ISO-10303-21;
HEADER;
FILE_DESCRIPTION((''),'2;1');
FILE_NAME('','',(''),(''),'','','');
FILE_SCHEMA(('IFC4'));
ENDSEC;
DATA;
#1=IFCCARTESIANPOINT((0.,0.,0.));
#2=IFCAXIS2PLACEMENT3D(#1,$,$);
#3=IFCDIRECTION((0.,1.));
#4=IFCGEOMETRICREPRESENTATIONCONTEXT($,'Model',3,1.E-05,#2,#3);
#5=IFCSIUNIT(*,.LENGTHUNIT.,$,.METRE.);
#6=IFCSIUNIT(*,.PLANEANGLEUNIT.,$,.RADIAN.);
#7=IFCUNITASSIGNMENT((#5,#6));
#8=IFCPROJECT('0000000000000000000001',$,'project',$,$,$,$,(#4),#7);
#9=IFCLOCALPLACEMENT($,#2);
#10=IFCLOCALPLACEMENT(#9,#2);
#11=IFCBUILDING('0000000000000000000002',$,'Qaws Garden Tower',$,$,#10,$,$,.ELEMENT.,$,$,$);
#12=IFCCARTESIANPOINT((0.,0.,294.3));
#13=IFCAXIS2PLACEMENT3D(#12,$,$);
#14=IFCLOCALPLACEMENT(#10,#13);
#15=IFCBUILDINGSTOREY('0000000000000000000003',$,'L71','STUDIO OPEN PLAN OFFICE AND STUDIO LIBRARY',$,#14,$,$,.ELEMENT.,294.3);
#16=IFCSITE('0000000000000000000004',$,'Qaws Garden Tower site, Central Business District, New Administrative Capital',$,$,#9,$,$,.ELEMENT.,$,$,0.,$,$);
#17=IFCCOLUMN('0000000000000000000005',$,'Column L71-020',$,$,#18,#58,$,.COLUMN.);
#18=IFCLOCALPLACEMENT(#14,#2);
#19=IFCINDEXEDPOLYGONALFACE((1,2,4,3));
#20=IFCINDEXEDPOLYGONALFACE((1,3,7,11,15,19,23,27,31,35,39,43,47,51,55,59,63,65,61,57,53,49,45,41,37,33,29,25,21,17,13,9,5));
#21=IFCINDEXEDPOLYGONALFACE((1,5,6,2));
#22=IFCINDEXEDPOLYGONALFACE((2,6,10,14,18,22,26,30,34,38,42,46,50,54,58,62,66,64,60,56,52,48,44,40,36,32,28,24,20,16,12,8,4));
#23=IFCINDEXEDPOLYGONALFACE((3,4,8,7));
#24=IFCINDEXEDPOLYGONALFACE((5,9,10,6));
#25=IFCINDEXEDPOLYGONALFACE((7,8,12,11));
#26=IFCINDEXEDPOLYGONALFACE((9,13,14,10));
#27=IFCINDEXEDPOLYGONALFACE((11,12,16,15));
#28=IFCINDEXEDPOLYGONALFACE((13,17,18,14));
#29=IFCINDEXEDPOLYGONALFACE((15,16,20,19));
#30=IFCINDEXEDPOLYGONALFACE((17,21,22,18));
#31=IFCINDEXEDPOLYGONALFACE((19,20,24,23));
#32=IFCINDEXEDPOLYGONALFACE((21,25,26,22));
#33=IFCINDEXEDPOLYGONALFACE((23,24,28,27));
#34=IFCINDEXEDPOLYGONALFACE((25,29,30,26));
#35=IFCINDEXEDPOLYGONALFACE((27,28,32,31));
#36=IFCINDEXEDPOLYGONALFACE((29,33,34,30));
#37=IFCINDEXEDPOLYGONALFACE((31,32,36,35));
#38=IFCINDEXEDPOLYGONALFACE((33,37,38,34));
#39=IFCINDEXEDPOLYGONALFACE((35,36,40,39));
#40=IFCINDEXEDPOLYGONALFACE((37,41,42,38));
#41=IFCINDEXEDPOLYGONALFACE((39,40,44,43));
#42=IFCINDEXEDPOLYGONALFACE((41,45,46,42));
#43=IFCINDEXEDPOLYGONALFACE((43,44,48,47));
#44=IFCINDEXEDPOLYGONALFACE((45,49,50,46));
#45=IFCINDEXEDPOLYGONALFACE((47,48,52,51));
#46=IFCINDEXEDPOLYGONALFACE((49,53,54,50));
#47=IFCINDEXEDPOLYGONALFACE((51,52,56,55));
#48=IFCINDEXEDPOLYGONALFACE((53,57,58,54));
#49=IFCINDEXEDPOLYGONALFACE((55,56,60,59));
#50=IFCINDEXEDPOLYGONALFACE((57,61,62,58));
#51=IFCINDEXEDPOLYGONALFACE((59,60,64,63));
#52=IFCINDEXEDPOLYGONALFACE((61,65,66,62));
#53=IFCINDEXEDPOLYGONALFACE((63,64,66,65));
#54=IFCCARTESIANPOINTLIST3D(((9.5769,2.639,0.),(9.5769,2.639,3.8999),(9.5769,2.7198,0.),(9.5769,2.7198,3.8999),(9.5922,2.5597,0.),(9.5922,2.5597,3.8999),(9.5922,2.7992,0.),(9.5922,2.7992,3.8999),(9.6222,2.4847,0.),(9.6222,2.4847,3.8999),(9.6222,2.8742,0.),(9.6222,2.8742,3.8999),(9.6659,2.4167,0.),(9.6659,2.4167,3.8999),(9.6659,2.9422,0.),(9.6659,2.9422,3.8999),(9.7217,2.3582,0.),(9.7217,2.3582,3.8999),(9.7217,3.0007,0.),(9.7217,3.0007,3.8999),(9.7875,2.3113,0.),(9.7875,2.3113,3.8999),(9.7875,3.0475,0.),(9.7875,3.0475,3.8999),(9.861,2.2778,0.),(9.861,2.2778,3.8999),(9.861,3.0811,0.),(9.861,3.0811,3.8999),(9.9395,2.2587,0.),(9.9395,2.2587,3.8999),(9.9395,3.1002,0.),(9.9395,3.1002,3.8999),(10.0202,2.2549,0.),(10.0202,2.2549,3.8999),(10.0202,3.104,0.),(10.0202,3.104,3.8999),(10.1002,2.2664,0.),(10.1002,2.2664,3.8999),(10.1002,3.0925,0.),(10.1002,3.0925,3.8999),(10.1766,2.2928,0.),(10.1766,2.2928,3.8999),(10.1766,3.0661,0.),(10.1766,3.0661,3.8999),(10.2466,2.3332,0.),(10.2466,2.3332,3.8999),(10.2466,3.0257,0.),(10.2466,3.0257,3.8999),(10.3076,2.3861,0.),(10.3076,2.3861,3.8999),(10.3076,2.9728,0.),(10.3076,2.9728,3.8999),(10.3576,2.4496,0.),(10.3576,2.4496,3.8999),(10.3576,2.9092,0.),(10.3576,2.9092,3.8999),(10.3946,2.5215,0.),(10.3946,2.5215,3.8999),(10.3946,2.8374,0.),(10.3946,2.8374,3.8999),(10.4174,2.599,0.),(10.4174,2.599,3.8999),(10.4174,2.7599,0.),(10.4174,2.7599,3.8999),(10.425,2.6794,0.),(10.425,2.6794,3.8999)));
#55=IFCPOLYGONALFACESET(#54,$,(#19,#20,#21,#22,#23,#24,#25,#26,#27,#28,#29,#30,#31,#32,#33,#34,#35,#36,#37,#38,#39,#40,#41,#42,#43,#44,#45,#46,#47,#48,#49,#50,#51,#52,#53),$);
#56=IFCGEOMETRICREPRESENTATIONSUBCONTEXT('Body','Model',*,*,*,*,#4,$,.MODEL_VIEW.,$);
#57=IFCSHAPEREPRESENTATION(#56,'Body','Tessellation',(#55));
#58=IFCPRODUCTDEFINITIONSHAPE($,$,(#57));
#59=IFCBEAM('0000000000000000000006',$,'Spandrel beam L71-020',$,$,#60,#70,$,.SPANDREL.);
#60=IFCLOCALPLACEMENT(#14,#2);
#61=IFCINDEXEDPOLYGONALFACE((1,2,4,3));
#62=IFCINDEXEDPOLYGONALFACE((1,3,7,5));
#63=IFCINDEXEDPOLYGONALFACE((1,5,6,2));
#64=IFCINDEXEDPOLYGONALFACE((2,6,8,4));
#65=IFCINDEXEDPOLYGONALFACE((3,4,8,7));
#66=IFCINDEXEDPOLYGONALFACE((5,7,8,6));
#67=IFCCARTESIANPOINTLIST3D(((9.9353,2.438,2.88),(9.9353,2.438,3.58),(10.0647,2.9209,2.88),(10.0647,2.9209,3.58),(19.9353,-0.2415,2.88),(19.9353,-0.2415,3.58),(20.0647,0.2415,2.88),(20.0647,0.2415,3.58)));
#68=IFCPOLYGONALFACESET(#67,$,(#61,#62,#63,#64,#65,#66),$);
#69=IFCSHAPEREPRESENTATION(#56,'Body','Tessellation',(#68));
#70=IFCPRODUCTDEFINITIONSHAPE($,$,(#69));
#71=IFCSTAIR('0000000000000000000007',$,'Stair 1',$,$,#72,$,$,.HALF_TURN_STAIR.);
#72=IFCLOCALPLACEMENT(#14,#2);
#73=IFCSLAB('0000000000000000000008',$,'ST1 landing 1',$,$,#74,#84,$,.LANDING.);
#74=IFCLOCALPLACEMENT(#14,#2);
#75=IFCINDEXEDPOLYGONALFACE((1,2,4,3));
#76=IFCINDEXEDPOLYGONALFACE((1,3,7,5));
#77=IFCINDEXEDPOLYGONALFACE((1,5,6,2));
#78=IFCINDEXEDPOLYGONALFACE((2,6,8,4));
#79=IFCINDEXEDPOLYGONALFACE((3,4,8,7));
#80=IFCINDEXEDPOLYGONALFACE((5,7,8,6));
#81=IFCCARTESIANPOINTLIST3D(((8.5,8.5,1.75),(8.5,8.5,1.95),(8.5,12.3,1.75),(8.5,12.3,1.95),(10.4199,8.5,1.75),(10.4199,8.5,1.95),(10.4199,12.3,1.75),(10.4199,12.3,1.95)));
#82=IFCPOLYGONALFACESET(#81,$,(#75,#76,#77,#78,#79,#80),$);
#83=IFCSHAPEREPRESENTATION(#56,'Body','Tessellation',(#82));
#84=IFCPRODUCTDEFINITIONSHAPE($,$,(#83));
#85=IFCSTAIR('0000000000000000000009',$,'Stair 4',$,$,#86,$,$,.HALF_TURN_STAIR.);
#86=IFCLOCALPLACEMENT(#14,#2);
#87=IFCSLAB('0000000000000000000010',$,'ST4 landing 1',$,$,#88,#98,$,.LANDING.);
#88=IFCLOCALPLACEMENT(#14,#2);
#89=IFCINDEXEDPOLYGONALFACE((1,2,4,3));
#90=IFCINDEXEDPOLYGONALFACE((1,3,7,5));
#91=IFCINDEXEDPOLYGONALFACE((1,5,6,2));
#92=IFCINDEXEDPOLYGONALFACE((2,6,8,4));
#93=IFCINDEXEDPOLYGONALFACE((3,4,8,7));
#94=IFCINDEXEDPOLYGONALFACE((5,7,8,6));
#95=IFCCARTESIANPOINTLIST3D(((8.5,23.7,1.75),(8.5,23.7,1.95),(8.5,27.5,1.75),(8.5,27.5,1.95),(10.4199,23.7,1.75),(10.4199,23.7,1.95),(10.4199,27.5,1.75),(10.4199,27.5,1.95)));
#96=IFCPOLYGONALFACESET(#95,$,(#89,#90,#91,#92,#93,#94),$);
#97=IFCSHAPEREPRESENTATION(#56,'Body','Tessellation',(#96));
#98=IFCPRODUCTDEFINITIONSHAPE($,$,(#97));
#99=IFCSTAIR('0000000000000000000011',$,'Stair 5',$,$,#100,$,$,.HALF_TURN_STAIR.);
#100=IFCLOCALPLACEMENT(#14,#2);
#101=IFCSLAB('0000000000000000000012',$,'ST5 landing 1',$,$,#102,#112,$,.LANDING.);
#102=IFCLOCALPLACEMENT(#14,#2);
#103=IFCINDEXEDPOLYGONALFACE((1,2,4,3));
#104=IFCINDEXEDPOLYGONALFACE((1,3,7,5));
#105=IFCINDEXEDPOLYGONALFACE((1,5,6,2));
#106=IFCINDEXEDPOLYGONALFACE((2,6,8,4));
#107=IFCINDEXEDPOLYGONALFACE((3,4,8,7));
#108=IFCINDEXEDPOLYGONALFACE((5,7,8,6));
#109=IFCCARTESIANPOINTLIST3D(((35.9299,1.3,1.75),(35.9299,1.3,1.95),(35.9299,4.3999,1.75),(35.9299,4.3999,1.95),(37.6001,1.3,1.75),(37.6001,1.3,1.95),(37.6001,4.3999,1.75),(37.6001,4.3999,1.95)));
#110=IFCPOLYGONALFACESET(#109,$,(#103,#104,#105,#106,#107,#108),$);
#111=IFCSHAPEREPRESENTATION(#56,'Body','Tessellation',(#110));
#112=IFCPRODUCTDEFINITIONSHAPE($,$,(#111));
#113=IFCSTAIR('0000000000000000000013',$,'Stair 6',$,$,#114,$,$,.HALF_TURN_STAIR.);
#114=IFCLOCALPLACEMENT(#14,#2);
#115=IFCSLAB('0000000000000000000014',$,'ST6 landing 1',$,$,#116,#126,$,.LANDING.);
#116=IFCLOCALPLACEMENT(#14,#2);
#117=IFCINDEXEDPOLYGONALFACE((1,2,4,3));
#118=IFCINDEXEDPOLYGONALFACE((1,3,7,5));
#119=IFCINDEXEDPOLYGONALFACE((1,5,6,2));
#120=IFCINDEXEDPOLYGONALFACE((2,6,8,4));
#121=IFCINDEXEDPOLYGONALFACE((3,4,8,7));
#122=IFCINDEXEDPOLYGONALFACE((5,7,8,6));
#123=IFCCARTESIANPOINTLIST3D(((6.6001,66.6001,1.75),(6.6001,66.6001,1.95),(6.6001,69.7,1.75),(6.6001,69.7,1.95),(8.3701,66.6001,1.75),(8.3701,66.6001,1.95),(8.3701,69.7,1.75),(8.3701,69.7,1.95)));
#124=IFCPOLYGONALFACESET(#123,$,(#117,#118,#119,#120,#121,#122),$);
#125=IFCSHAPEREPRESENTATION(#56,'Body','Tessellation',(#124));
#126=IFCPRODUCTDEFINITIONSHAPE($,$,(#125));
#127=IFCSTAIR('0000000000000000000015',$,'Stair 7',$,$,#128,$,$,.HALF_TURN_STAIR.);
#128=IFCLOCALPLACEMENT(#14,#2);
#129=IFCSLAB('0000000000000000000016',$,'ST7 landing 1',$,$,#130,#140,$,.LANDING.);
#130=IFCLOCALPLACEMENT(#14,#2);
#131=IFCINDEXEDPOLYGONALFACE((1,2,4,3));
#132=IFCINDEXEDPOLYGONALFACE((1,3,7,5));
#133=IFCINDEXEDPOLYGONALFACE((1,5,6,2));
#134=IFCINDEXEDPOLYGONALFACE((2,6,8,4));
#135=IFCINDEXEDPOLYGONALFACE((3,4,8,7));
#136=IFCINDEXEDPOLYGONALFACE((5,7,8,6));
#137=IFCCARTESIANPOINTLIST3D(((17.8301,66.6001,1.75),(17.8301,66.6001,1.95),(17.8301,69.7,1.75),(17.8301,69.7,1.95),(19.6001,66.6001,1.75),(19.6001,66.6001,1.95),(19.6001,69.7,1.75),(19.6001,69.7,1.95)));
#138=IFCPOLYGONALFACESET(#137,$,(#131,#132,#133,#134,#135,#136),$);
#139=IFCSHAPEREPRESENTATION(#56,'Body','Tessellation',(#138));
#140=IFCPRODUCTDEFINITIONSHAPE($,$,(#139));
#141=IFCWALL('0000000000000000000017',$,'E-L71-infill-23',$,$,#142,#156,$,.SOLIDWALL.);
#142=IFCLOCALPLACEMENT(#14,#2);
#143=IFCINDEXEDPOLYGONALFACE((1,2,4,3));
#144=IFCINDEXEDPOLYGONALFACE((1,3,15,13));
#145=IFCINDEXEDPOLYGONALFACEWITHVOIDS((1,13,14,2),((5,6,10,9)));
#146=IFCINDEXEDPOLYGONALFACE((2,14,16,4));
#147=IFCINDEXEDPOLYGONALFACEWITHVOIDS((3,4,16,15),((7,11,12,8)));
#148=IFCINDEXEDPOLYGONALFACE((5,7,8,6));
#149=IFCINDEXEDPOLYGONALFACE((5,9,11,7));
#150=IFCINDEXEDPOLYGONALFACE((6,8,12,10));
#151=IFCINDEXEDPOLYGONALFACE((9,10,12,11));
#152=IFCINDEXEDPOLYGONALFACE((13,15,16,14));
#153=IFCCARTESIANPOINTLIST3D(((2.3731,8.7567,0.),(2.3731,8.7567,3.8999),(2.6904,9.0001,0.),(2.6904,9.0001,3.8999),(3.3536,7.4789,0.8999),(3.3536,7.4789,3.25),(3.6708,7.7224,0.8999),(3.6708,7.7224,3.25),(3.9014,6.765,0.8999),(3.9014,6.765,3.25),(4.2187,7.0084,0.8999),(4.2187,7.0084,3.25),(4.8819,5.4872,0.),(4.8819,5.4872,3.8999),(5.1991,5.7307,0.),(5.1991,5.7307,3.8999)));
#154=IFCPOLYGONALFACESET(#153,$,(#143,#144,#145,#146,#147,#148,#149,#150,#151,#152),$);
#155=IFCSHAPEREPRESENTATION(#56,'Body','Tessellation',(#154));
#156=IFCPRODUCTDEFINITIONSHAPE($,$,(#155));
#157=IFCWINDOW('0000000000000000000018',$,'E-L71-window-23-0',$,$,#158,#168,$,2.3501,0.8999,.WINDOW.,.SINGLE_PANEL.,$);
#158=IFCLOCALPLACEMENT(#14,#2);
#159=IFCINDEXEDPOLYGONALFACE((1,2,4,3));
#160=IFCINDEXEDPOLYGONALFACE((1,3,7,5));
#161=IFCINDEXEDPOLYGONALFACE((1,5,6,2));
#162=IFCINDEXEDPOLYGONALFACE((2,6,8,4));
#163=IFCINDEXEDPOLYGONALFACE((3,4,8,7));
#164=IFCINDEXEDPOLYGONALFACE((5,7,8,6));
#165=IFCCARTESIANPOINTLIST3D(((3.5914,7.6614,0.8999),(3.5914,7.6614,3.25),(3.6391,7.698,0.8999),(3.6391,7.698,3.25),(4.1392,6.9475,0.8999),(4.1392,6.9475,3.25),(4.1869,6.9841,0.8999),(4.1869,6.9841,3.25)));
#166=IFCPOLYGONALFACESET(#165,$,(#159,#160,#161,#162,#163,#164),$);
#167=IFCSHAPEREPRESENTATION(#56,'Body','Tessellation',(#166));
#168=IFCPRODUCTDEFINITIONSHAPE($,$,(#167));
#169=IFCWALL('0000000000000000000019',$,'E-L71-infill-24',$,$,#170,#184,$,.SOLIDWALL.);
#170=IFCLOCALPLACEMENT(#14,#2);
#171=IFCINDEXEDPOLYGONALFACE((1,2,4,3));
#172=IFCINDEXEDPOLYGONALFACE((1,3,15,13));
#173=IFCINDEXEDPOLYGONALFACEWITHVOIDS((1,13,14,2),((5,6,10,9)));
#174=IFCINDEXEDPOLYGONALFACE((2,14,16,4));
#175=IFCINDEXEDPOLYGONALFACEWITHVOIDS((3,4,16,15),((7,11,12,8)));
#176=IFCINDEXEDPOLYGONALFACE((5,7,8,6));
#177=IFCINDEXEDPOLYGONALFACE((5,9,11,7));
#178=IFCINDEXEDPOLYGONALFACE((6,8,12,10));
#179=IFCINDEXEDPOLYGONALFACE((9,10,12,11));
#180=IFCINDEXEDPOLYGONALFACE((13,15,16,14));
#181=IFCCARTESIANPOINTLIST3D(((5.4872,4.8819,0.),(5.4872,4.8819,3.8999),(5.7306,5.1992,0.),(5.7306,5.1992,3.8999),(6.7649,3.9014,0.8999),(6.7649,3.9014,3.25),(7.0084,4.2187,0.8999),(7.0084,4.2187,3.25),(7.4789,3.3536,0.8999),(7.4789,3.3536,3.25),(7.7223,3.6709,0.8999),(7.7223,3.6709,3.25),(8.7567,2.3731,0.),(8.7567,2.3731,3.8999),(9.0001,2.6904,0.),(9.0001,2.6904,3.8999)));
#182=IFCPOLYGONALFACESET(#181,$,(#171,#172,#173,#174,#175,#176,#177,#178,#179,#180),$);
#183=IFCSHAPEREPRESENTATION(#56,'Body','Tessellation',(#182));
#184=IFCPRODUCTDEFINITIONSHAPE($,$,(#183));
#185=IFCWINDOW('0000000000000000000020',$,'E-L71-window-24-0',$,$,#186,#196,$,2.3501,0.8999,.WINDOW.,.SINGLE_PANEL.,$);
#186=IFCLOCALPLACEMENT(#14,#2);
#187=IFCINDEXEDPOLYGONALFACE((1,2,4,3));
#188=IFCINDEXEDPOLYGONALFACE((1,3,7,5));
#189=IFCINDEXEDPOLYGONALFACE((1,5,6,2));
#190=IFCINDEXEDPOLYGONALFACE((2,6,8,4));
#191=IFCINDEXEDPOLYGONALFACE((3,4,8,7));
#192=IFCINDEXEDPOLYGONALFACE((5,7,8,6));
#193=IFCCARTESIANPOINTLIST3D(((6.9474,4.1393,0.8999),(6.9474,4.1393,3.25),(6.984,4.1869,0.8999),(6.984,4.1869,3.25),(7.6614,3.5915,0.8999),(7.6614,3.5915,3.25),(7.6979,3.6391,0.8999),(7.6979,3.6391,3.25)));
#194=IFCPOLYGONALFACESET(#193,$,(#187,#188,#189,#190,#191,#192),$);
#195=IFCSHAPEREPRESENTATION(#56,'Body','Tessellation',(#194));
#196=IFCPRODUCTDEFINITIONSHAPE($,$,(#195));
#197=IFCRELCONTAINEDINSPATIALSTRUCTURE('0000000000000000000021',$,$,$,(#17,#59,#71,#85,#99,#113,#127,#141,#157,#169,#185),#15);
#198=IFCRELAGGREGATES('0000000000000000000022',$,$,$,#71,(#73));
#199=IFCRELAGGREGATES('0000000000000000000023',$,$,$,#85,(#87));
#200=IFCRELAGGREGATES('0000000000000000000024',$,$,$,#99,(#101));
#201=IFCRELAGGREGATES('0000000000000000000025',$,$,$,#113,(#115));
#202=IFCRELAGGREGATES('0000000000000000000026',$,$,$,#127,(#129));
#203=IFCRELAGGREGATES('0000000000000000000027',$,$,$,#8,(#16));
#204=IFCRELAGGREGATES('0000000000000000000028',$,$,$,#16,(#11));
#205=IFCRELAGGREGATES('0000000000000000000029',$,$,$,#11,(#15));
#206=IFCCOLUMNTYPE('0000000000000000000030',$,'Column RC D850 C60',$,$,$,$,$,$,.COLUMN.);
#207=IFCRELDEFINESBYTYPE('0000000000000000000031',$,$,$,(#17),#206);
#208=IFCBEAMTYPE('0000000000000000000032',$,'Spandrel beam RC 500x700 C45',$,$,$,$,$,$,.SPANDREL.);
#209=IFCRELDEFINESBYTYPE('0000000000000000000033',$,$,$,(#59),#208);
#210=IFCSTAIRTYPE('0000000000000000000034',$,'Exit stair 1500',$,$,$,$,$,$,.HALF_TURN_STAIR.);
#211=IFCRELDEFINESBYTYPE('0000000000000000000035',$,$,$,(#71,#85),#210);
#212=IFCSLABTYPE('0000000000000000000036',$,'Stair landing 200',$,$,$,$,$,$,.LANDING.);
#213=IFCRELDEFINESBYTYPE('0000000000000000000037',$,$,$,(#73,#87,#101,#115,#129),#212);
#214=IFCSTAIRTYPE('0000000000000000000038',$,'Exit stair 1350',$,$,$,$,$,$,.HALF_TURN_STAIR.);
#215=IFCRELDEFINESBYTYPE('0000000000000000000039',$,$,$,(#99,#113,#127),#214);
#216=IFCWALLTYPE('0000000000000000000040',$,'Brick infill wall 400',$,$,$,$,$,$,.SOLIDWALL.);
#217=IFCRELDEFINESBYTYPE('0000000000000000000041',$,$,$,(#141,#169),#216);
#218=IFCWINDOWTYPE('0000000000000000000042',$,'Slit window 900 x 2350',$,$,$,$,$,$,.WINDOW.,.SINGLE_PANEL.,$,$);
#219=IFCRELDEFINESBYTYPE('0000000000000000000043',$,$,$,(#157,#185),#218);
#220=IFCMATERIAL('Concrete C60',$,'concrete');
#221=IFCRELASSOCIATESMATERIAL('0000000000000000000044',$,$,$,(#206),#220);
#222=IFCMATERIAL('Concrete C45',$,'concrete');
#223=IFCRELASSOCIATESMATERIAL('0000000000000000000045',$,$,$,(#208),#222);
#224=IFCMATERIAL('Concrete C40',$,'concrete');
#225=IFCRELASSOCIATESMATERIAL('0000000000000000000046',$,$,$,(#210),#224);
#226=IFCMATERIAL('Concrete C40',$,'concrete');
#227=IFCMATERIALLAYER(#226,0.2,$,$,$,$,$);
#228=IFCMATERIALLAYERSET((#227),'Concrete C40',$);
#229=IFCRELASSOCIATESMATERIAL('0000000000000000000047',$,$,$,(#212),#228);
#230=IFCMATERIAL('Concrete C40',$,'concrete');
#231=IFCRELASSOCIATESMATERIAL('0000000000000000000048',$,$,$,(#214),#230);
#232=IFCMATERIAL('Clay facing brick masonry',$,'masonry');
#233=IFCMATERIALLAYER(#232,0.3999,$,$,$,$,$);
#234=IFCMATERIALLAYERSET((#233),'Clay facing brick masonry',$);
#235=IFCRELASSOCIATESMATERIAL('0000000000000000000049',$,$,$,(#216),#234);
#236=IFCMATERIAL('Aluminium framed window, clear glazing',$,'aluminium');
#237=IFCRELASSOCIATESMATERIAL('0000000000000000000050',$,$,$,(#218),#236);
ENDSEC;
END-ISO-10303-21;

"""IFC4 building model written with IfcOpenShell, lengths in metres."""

from ifc_helpers import new_model, si_unit, direction, frame, frame_2d, origin, origin_2d, place, context, subcontext, project, spatial, polyline, rectangle, circle, outline, extrude, material, layer, layer_set, material_profile, profile_set, type_object, element, fill, aggregate, save


model = new_model("IFC4")

# Units and contexts
model_context = context("Model", 3, precision=1e-05, world=origin(), true_north=direction((0.0, 1.0)))
body_context = subcontext(model_context, "Body", "Model", "MODEL_VIEW")
ifc_project = project(units=[si_unit("LENGTHUNIT", "METRE"), si_unit("PLANEANGLEUNIT", "RADIAN")], contexts=[model_context])

# Site, building, storey
site_placement = place(None, origin())
site = spatial("IfcSite", under=ifc_project, at=site_placement, Name="Qaws Garden Tower site, Central Business District, New Administrative Capital", CompositionType="ELEMENT", RefElevation=0.0)
building_placement = place(site_placement, origin())
building = spatial("IfcBuilding", under=site, at=building_placement, Name="Qaws Garden Tower", CompositionType="ELEMENT")
storey_placement = place(building_placement, frame((0.0, 0.0, 294.3)))
storey = spatial("IfcBuildingStorey", under=building, at=storey_placement, Name="L71", Description="STUDIO OPEN PLAN OFFICE AND STUDIO LIBRARY", CompositionType="ELEMENT", Elevation=294.3)

# Column
ifc_material_1 = material(Name="Concrete C60", Category="concrete")
ifc_material_profile_1 = material_profile(ifc_material_1, circle(Radius=0.425, at=origin_2d()), Name="RC D850")
ifc_profile_set_1 = profile_set([ifc_material_profile_1], Name="Concrete C60")
column_type = type_object("IfcColumnType", Name="Column RC D850 C60", PredefinedType="COLUMN", material=ifc_profile_set_1)
column_placement = place(storey_placement, frame((10.0, 2.6794, 0.0), z_axis=(0.0, 0.0, 1.0), x_axis=(1.0, 0.0, 0.0)))
element("IfcColumn", 1, at=column_placement, inside=storey, type_object=column_type, Name="Column L71-020", PredefinedType="COLUMN", context=body_context, shape_type="SweptSolid", body=[
    extrude(circle(Radius=0.425, at=origin_2d()), origin(), (0.0, 0.0, 1.0), 3.8999),
])

# Beam
ifc_material_2 = material(Name="Concrete C45", Category="concrete")
ifc_material_profile_2 = material_profile(ifc_material_2, rectangle(XDim=0.5, YDim=0.7, at=origin_2d()), Name="RC 500x700")
ifc_profile_set_2 = profile_set([ifc_material_profile_2], Name="Concrete C45")
beam_type = type_object("IfcBeamType", Name="Spandrel beam RC 500x700 C45", PredefinedType="SPANDREL", material=ifc_profile_set_2)
beam_placement = place(storey_placement, frame((10.0, 2.6794, 3.23), z_axis=(0.965927, -0.258815, 0.0), x_axis=(0.258815, 0.965927, 0.0)))
element("IfcBeam", 2, at=beam_placement, inside=storey, type_object=beam_type, Name="Spandrel beam L71-020", PredefinedType="SPANDREL", context=body_context, shape_type="SweptSolid", body=[
    extrude(rectangle(XDim=0.5, YDim=0.7, at=origin_2d()), origin(), (0.0, 0.0, 1.0), 10.3528),
])

# Stairs, slabs
ifc_material_3 = material(Name="Concrete C40", Category="concrete")
stair_type_1 = type_object("IfcStairType", Name="Exit stair 1500", PredefinedType="HALF_TURN_STAIR", material=ifc_material_3)
placement_1 = place(storey_placement, origin())
stair_1 = element("IfcStair", 3, at=placement_1, inside=storey, type_object=stair_type_1, Name="Stair 1", PredefinedType="HALF_TURN_STAIR")
ifc_material_4 = material(Name="Concrete C40", Category="concrete")
ifc_layer_1 = layer(ifc_material_4, 0.2)
ifc_layer_set_1 = layer_set([ifc_layer_1], Name="Concrete C40")
slab_type = type_object("IfcSlabType", Name="Stair landing 200", PredefinedType="LANDING", material=ifc_layer_set_1)
placement_2 = place(storey_placement, frame((0.0, 0.0, 1.75)))
slab_1 = element("IfcSlab", 4, at=placement_2, type_object=slab_type, Name="ST1 landing 1", PredefinedType="LANDING", context=body_context, shape_type="SweptSolid", body=[
    extrude(outline(polyline([(8.5, 8.5), (10.4199, 8.5), (10.4199, 12.3), (8.5, 12.3), (8.5, 8.5)])), origin(), (0.0, 0.0, 1.0), 0.2),
])
aggregate(stair_1, [slab_1])
stair_2 = element("IfcStair", 5, at=placement_1, inside=storey, type_object=stair_type_1, Name="Stair 4", PredefinedType="HALF_TURN_STAIR")
slab_2 = element("IfcSlab", 6, at=placement_2, type_object=slab_type, Name="ST4 landing 1", PredefinedType="LANDING", context=body_context, shape_type="SweptSolid", body=[
    extrude(outline(polyline([(8.5, 23.7), (10.4199, 23.7), (10.4199, 27.5), (8.5, 27.5), (8.5, 23.7)])), origin(), (0.0, 0.0, 1.0), 0.2),
])
aggregate(stair_2, [slab_2])
ifc_material_5 = material(Name="Concrete C40", Category="concrete")
stair_type_2 = type_object("IfcStairType", Name="Exit stair 1350", PredefinedType="HALF_TURN_STAIR", material=ifc_material_5)
stair_3 = element("IfcStair", 7, at=placement_1, inside=storey, type_object=stair_type_2, Name="Stair 5", PredefinedType="HALF_TURN_STAIR")
slab_3 = element("IfcSlab", 8, at=placement_2, type_object=slab_type, Name="ST5 landing 1", PredefinedType="LANDING", context=body_context, shape_type="SweptSolid", body=[
    extrude(outline(polyline([(35.9299, 1.3), (37.6001, 1.3), (37.6001, 4.3999), (35.9299, 4.3999), (35.9299, 1.3)])), origin(), (0.0, 0.0, 1.0), 0.2),
])
aggregate(stair_3, [slab_3])
stair_4 = element("IfcStair", 9, at=placement_1, inside=storey, type_object=stair_type_2, Name="Stair 6", PredefinedType="HALF_TURN_STAIR")
slab_4 = element("IfcSlab", 10, at=placement_2, type_object=slab_type, Name="ST6 landing 1", PredefinedType="LANDING", context=body_context, shape_type="SweptSolid", body=[
    extrude(outline(polyline([(6.6001, 66.6001), (8.3701, 66.6001), (8.3701, 69.7), (6.6001, 69.7), (6.6001, 66.6001)])), origin(), (0.0, 0.0, 1.0), 0.2),
])
aggregate(stair_4, [slab_4])
stair_5 = element("IfcStair", 11, at=placement_1, inside=storey, type_object=stair_type_2, Name="Stair 7", PredefinedType="HALF_TURN_STAIR")
slab_5 = element("IfcSlab", 12, at=placement_2, type_object=slab_type, Name="ST7 landing 1", PredefinedType="LANDING", context=body_context, shape_type="SweptSolid", body=[
    extrude(outline(polyline([(17.8301, 66.6001), (19.6001, 66.6001), (19.6001, 69.7), (17.8301, 69.7), (17.8301, 66.6001)])), origin(), (0.0, 0.0, 1.0), 0.2),
])
aggregate(stair_5, [slab_5])

# Walls, openings, windows
ifc_material_6 = material(Name="Clay facing brick masonry", Category="masonry")
ifc_layer_2 = layer(ifc_material_6, 0.3999)
ifc_layer_set_2 = layer_set([ifc_layer_2], Name="Clay facing brick masonry")
wall_type_1 = type_object("IfcWallType", Name="Brick infill wall 400", PredefinedType="SOLIDWALL", material=ifc_layer_set_2)
wall_1_placement = place(storey_placement, frame((2.5317, 8.8784, 0.0), z_axis=(0.0, 0.0, 1.0), x_axis=(0.60876, -0.793355, 0.0)))
wall_1 = element("IfcWall", 13, at=wall_1_placement, inside=storey, type_object=wall_type_1, Name="E-L71-infill-23", PredefinedType="SOLIDWALL", context=body_context, shape_type="SweptSolid", body=[
    extrude(rectangle(XDim=4.1211, YDim=0.3999, at=frame_2d((2.0605, 0.0))), origin(), (0.0, 0.0, 1.0), 3.8999),
])
opening_1_placement = place(wall_1_placement, frame((1.6106, 0.0, 0.8999)))
opening_1 = element("IfcOpeningElement", 14, at=opening_1_placement, cuts=wall_1, PredefinedType="OPENING", context=body_context, shape_type="SweptSolid", body=[
    extrude(rectangle(XDim=0.8999, YDim=2.3501, at=frame_2d((0.45, 1.175))), frame((0.0, 0.21, 0.0), z_axis=(0.0, -1.0, 0.0), x_axis=(1.0, 0.0, 0.0)), (0.0, 0.0, 1.0), 0.4199),
])
ifc_material_7 = material(Name="Aluminium framed window, clear glazing", Category="aluminium")
window_type = type_object("IfcWindowType", Name="Slit window 900 x 2350", PartitioningType="SINGLE_PANEL", PredefinedType="WINDOW", material=ifc_material_7)
window_1_placement = place(opening_1_placement, origin())
window_1 = element("IfcWindow", 15, at=window_1_placement, inside=storey, type_object=window_type, Name="E-L71-window-23-0", OverallHeight=2.3501, OverallWidth=0.8999, PartitioningType="SINGLE_PANEL", PredefinedType="WINDOW", context=body_context, shape_type="SweptSolid", body=[
    extrude(rectangle(XDim=0.8999, YDim=2.3501, at=frame_2d((0.45, 1.175))), frame((0.0, 0.1599, 0.0), z_axis=(0.0, -1.0, 0.0), x_axis=(1.0, 0.0, 0.0)), (0.0, 0.0, 1.0), 0.0601),
])
fill(opening_1, window_1)
wall_2_placement = place(storey_placement, frame((5.6089, 5.0405, 0.0), z_axis=(0.0, 0.0, 1.0), x_axis=(0.793355, -0.60876, 0.0)))
wall_2 = element("IfcWall", 16, at=wall_2_placement, inside=storey, type_object=wall_type_1, Name="E-L71-infill-24", PredefinedType="SOLIDWALL", context=body_context, shape_type="SweptSolid", body=[
    extrude(rectangle(XDim=4.1211, YDim=0.3999, at=frame_2d((2.0605, 0.0))), origin(), (0.0, 0.0, 1.0), 3.8999),
])
opening_2_placement = place(wall_2_placement, frame((1.6106, 0.0, 0.8999)))
opening_2 = element("IfcOpeningElement", 17, at=opening_2_placement, cuts=wall_2, PredefinedType="OPENING", context=body_context, shape_type="SweptSolid", body=[
    extrude(rectangle(XDim=0.8999, YDim=2.3501, at=frame_2d((0.45, 1.175))), frame((0.0, 0.21, 0.0), z_axis=(0.0, -1.0, 0.0), x_axis=(1.0, 0.0, 0.0)), (0.0, 0.0, 1.0), 0.4199),
])
window_2_placement = place(opening_2_placement, origin())
window_2 = element("IfcWindow", 18, at=window_2_placement, inside=storey, type_object=window_type, Name="E-L71-window-24-0", OverallHeight=2.3501, OverallWidth=0.8999, PartitioningType="SINGLE_PANEL", PredefinedType="WINDOW", context=body_context, shape_type="SweptSolid", body=[
    extrude(rectangle(XDim=0.8999, YDim=2.3501, at=frame_2d((0.45, 1.175))), frame((0.0, 0.1599, 0.0), z_axis=(0.0, -1.0, 0.0), x_axis=(1.0, 0.0, 0.0)), (0.0, 0.0, 1.0), 0.0601),
])
fill(opening_2, window_2)

save(model, "model.ifc")
